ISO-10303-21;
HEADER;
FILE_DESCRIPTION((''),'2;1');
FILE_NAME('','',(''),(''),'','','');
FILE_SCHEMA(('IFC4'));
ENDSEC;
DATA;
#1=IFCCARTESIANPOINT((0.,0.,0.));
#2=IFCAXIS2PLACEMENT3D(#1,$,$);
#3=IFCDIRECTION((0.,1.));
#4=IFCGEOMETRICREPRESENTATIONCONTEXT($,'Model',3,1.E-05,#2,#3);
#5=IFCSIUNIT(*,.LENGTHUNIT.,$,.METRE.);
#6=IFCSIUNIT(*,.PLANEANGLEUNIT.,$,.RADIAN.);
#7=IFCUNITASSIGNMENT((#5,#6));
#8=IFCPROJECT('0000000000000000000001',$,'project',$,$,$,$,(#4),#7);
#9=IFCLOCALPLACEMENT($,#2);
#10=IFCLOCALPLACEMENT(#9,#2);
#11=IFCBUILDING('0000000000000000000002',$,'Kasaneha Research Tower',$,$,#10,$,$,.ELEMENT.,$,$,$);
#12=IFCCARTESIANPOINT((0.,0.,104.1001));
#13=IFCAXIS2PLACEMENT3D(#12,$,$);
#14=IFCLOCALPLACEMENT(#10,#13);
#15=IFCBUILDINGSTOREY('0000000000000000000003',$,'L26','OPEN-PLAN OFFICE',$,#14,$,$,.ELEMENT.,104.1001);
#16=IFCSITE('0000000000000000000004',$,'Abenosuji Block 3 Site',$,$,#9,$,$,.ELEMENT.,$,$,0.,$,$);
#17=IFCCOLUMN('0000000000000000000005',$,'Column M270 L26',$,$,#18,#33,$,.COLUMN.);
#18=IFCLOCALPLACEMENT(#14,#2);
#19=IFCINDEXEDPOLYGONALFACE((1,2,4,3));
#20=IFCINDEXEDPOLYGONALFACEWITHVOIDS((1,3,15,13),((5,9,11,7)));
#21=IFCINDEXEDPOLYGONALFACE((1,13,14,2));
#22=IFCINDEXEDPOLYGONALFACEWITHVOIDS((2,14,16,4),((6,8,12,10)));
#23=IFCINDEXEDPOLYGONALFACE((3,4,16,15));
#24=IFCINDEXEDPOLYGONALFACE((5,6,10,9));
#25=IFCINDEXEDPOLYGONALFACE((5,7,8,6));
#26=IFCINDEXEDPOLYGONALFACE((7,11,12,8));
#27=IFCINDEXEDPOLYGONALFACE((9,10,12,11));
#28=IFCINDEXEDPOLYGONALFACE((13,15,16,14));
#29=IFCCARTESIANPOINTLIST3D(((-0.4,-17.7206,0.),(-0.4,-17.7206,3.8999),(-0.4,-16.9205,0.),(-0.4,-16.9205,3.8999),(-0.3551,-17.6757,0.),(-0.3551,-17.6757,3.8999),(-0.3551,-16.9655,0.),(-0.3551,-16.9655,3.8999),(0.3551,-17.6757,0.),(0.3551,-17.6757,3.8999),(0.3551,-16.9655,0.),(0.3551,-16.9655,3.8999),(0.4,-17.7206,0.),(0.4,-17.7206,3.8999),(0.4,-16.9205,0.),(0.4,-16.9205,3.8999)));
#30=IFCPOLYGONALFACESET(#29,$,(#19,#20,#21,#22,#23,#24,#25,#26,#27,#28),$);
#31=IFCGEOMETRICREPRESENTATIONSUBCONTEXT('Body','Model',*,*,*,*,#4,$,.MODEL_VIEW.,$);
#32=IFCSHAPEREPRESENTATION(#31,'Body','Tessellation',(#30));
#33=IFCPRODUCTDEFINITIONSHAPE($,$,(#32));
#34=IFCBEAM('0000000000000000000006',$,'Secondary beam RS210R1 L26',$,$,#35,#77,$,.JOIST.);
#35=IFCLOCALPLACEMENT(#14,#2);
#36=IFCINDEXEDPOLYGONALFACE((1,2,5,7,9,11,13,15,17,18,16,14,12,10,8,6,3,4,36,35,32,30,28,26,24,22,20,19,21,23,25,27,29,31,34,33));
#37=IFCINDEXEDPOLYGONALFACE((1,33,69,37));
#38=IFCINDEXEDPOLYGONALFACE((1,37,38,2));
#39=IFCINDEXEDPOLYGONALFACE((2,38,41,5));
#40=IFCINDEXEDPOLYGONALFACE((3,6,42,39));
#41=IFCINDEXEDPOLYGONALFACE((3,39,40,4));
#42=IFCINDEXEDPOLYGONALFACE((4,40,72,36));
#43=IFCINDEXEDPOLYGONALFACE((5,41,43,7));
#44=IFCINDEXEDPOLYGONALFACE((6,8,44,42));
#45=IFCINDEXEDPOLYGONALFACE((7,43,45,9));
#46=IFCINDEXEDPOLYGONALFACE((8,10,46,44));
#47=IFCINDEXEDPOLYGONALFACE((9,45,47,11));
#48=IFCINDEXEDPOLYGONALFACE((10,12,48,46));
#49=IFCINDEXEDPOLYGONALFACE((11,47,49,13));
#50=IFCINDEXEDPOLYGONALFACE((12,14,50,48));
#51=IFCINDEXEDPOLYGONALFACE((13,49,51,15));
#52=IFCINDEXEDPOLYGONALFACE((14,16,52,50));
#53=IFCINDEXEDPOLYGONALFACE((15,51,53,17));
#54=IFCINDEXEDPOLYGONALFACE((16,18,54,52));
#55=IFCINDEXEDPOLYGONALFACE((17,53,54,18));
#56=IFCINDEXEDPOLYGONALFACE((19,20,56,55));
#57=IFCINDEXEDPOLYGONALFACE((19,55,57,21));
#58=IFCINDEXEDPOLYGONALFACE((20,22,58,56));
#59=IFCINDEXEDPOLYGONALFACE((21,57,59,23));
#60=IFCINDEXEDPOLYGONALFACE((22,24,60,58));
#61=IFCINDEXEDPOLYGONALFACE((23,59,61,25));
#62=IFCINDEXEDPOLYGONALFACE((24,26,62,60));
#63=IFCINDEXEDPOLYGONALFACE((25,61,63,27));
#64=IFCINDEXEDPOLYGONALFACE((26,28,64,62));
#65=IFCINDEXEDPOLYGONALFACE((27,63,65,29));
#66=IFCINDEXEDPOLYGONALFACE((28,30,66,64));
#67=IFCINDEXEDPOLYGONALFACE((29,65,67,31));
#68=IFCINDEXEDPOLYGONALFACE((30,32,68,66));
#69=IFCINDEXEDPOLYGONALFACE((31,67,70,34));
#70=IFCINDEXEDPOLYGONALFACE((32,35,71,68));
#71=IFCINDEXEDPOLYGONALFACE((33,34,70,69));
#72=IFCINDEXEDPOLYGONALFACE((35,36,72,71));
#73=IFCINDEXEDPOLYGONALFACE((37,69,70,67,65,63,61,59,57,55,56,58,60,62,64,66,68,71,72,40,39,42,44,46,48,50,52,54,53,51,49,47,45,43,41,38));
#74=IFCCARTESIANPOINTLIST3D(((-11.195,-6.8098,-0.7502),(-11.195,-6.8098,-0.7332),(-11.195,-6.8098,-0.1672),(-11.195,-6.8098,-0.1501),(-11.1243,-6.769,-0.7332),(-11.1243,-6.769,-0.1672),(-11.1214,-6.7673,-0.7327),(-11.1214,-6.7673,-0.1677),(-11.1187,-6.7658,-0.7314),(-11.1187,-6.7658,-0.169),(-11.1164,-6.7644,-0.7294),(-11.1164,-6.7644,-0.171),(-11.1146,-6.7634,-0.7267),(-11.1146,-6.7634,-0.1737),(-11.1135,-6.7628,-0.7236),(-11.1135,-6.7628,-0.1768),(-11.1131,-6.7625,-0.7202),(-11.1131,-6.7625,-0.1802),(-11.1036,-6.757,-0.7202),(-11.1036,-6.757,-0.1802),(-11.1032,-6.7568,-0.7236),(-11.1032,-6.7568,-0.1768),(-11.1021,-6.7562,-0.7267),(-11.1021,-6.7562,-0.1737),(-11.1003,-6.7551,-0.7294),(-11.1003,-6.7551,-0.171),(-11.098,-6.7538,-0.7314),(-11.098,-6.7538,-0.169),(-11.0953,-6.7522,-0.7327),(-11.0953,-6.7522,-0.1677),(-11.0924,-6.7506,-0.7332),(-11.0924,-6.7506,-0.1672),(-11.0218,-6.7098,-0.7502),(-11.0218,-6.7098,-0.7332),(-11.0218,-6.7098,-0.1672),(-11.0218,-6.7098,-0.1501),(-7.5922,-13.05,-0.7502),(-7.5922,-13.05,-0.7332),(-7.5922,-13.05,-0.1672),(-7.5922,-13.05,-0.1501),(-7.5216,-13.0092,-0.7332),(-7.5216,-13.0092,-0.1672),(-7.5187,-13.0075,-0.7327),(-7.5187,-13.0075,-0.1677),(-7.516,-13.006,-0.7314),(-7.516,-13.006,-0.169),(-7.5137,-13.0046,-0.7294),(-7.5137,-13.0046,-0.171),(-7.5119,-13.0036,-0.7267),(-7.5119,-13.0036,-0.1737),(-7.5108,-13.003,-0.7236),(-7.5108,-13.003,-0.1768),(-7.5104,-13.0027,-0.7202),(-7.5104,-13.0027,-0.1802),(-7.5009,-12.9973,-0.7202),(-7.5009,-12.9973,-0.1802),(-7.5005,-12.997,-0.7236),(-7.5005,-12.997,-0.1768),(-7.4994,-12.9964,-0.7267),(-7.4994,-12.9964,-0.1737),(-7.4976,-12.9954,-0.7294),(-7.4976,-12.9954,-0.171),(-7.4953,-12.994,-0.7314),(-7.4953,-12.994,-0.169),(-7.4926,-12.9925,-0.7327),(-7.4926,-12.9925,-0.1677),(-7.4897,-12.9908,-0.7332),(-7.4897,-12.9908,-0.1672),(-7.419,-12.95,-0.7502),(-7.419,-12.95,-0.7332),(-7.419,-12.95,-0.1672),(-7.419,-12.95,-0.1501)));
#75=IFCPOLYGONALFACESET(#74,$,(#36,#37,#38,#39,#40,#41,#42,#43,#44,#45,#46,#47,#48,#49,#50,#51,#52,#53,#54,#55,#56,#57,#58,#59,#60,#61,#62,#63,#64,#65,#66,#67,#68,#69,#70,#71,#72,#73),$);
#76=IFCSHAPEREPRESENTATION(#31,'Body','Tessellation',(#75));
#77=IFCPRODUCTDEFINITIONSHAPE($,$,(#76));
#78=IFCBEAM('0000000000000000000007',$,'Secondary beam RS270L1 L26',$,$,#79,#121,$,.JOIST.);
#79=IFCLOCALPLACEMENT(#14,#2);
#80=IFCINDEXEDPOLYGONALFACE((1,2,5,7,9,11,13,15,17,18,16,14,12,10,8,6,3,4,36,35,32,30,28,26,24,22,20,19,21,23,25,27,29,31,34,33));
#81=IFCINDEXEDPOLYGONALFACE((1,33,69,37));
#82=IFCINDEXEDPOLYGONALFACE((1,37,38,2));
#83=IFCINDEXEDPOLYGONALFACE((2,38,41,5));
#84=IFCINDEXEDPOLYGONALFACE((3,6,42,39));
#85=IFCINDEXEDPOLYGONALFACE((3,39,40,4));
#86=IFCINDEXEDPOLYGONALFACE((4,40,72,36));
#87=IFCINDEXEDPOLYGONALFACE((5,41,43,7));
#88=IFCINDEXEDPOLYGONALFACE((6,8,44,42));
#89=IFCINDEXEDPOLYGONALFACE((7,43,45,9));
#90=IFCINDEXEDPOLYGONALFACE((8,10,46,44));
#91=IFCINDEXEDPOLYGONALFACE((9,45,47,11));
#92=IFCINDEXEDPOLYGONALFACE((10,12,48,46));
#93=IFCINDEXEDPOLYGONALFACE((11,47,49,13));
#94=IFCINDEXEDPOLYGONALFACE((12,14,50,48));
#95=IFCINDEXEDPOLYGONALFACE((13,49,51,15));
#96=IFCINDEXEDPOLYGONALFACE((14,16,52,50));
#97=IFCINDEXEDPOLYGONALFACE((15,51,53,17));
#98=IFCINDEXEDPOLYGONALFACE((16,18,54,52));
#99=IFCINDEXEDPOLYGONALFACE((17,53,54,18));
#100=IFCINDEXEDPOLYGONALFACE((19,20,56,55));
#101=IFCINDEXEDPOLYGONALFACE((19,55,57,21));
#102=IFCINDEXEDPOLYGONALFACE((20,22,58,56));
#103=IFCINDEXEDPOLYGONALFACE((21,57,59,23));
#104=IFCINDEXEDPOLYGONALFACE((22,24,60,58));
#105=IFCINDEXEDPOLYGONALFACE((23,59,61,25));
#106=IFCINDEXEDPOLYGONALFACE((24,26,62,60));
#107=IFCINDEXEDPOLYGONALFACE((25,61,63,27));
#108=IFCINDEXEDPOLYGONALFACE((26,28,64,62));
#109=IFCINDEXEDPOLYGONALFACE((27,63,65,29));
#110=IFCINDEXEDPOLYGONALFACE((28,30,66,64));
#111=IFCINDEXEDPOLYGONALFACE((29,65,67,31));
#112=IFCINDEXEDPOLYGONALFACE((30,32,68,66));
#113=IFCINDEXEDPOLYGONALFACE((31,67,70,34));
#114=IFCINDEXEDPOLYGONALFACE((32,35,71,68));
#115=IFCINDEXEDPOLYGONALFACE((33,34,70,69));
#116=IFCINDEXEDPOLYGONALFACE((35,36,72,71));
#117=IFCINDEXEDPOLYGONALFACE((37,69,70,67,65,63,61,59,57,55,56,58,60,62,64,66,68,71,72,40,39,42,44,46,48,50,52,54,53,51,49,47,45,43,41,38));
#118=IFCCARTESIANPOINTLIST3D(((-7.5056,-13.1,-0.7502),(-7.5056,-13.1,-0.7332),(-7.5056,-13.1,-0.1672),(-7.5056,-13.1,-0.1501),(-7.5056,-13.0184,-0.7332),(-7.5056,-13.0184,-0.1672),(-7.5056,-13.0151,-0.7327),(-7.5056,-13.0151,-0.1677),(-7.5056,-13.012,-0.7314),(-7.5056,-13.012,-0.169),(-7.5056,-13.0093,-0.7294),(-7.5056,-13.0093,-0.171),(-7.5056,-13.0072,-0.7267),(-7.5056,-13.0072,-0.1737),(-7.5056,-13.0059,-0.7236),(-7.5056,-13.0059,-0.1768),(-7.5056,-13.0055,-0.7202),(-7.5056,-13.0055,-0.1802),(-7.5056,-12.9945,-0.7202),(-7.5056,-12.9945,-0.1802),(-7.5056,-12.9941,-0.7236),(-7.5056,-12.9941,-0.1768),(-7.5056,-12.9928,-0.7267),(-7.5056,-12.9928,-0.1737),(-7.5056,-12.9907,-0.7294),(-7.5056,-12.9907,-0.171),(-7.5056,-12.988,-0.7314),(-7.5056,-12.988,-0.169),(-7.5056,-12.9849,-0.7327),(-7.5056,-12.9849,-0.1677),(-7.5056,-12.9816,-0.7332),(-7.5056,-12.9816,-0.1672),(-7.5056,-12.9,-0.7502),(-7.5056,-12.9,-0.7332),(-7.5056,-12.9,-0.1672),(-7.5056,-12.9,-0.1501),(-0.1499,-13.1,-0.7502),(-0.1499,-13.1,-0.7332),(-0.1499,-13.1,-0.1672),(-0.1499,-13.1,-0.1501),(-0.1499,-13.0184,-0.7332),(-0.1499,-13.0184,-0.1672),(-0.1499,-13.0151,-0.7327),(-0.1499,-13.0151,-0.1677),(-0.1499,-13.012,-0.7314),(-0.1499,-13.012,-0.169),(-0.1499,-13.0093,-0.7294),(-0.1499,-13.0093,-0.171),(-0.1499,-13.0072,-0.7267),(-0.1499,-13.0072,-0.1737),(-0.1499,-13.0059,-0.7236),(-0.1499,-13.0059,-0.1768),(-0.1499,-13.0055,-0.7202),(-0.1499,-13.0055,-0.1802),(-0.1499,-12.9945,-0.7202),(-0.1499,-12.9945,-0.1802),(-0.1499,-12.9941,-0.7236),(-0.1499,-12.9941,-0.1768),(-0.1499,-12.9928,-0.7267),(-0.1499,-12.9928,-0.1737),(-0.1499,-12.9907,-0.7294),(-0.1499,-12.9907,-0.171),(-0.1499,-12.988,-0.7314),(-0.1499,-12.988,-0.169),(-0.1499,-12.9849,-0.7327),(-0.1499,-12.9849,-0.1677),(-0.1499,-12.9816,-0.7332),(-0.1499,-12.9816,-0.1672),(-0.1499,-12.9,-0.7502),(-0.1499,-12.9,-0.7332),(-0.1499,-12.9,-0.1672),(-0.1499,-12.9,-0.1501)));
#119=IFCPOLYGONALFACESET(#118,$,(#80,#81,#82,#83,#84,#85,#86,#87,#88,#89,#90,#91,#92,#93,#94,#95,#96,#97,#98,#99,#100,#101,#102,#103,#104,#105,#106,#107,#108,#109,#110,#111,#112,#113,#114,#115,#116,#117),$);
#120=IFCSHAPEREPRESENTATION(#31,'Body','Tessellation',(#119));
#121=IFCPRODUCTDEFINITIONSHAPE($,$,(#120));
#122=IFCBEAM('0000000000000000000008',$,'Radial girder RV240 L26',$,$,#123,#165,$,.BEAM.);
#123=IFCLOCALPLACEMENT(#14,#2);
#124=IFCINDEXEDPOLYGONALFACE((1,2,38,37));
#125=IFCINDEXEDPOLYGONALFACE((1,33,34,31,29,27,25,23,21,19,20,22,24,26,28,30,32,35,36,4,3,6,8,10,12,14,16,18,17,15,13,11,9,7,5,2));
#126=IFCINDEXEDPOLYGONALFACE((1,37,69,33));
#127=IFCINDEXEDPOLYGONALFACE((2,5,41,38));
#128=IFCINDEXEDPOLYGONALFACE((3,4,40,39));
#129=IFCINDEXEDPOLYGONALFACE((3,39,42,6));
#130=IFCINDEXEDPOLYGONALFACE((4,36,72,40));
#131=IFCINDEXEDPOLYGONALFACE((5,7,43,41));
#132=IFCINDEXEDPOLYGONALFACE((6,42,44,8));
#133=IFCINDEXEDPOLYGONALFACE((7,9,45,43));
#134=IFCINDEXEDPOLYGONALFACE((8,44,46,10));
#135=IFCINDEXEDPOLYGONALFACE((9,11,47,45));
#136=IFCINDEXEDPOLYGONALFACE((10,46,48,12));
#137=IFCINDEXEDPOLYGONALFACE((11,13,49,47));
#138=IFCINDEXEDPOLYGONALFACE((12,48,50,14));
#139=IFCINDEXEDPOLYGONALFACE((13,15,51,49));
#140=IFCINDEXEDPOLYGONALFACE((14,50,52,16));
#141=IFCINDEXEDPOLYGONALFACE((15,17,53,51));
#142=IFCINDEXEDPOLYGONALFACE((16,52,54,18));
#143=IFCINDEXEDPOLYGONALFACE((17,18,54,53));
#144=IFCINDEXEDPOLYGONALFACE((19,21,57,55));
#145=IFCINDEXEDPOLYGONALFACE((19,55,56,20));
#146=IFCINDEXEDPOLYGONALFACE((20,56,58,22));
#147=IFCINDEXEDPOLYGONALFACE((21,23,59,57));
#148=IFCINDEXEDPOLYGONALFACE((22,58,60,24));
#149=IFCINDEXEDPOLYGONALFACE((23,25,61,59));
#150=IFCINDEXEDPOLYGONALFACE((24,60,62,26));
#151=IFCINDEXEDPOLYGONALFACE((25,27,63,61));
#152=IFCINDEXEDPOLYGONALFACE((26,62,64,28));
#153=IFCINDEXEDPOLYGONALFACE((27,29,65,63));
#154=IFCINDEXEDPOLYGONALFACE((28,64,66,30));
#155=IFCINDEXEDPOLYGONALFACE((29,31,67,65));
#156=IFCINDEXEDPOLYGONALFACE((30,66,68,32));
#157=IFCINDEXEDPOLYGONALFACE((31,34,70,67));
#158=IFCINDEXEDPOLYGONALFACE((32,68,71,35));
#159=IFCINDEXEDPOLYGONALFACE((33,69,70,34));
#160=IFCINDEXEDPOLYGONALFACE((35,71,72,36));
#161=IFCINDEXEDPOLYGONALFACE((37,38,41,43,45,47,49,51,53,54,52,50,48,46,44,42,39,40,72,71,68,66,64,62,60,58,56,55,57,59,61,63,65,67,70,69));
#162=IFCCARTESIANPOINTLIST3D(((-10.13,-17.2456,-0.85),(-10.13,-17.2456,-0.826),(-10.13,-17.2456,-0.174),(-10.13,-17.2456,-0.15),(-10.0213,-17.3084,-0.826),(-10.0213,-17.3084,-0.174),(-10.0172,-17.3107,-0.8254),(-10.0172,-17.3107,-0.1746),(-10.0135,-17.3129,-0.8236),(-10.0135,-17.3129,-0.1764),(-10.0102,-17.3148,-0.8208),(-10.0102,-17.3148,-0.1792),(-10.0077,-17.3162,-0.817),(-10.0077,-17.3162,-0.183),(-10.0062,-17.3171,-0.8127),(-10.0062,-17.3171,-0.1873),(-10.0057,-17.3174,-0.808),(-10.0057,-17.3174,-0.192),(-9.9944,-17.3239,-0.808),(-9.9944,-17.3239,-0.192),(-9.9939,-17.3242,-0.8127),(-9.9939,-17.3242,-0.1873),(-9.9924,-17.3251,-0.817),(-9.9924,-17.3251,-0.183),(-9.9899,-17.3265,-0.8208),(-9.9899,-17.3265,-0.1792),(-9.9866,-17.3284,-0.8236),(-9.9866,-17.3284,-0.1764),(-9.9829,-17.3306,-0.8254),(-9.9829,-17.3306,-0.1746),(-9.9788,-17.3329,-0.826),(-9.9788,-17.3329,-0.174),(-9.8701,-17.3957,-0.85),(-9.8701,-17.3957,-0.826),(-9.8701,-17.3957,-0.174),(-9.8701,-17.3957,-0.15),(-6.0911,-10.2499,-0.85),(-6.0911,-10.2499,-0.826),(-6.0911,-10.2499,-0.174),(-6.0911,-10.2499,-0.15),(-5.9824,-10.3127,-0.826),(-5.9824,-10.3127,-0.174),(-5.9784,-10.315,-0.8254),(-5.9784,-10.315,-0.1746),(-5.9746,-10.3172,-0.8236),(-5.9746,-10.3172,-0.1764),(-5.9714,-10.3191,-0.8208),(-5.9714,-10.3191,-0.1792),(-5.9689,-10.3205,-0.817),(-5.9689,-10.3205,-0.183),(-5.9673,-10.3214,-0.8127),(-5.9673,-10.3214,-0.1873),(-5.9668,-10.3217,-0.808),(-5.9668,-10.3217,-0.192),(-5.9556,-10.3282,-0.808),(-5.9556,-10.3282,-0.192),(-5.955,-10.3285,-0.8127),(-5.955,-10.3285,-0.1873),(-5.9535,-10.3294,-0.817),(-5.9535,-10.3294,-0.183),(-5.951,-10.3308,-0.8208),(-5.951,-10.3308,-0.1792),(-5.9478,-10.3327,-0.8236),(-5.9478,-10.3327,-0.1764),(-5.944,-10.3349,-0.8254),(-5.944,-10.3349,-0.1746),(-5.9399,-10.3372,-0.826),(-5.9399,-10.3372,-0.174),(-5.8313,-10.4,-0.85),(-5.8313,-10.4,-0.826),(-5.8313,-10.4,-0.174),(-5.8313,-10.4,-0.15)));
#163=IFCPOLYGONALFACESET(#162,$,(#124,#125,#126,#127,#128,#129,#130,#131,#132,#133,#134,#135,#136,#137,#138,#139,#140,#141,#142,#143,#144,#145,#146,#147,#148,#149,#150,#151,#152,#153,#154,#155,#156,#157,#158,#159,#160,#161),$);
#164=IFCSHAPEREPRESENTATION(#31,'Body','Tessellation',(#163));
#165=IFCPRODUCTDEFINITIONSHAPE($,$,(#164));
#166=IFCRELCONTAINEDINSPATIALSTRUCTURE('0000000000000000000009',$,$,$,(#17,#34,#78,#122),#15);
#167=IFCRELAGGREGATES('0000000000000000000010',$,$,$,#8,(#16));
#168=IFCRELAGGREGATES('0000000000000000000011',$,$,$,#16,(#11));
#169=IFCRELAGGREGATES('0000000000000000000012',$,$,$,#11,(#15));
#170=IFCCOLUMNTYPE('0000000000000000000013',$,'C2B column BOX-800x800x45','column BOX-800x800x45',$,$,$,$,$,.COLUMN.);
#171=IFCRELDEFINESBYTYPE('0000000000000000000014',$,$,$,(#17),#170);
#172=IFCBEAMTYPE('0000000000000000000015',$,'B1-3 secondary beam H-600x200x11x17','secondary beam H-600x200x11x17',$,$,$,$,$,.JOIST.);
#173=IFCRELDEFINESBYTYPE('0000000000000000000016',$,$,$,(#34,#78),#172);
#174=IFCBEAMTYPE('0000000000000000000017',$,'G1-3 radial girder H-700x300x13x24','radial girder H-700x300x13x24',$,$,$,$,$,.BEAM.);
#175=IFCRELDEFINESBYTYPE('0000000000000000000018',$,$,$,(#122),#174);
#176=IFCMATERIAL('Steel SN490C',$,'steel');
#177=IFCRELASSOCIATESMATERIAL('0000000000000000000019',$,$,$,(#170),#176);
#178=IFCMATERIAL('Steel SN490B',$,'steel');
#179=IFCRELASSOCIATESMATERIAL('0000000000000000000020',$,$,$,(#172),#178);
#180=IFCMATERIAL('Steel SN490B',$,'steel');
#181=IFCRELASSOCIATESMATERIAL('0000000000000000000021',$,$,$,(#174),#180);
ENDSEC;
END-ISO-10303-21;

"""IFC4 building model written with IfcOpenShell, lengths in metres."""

from ifc_helpers import new_model, si_unit, direction, frame, origin, origin_2d, place, context, subcontext, project, spatial, hollow_rectangle, i_section, extrude, material, material_profile, profile_set, type_object, element, save


model = new_model("IFC4")

# Units and contexts
model_context = context("Model", 3, precision=1e-05, world=origin(), true_north=direction((0.0, 1.0)))
body_context = subcontext(model_context, "Body", "Model", "MODEL_VIEW")
ifc_project = project(units=[si_unit("LENGTHUNIT", "METRE"), si_unit("PLANEANGLEUNIT", "RADIAN")], contexts=[model_context])

# Site, building, storey
site_placement = place(None, origin())
site = spatial("IfcSite", under=ifc_project, at=site_placement, Name="Abenosuji Block 3 Site", CompositionType="ELEMENT", RefElevation=0.0)
building_placement = place(site_placement, origin())
building = spatial("IfcBuilding", under=site, at=building_placement, Name="Kasaneha Research Tower", CompositionType="ELEMENT")
storey_placement = place(building_placement, frame((0.0, 0.0, 104.1001)))
storey = spatial("IfcBuildingStorey", under=building, at=storey_placement, Name="L26", Description="OPEN-PLAN OFFICE", CompositionType="ELEMENT", Elevation=104.1001)

# Column
ifc_material_1 = material(Name="Steel SN490C", Category="steel")
ifc_material_profile_1 = material_profile(ifc_material_1, hollow_rectangle(XDim=0.8, YDim=0.8, WallThickness=0.0449, at=origin_2d()), Name="BOX-800x800x45")
ifc_profile_set_1 = profile_set([ifc_material_profile_1], Name="Steel SN490C")
column_type = type_object("IfcColumnType", Name="C2B column BOX-800x800x45", Description="column BOX-800x800x45", PredefinedType="COLUMN", material=ifc_profile_set_1)
column_placement = place(storey_placement, frame((0.0, -17.3206, 0.0), z_axis=(0.0, 0.0, 1.0), x_axis=(1.0, 0.0, 0.0)))
element("IfcColumn", 1, at=column_placement, inside=storey, type_object=column_type, Name="Column M270 L26", PredefinedType="COLUMN", context=body_context, shape_type="SweptSolid", body=[
    extrude(hollow_rectangle(XDim=0.8, YDim=0.8, WallThickness=0.0449, at=origin_2d()), origin(), (0.0, 0.0, 1.0), 3.8999),
])

# Beams
ifc_material_2 = material(Name="Steel SN490B", Category="steel")
ifc_material_profile_2 = material_profile(ifc_material_2, i_section(OverallWidth=0.2, OverallDepth=0.6001, WebThickness=0.011, FlangeThickness=0.0171, FilletRadius=0.0129, at=origin_2d()), Name="H-600x200x11x17")
ifc_profile_set_2 = profile_set([ifc_material_profile_2], Name="Steel SN490B")
beam_type_1 = type_object("IfcBeamType", Name="B1-3 secondary beam H-600x200x11x17", Description="secondary beam H-600x200x11x17", PredefinedType="JOIST", material=ifc_profile_set_2)
beam_1_placement = place(storey_placement, frame((-7.5056, -13.0, -0.4502), z_axis=(-0.499998, 0.866026, 0.0), x_axis=(-0.866026, -0.499998, 0.0)))
element("IfcBeam", 2, at=beam_1_placement, inside=storey, type_object=beam_type_1, Name="Secondary beam RS210R1 L26", PredefinedType="JOIST", context=body_context, shape_type="SweptSolid", body=[
    extrude(i_section(OverallWidth=0.2, OverallDepth=0.6001, WebThickness=0.011, FlangeThickness=0.0171, FilletRadius=0.0129, at=origin_2d()), origin(), (0.0, 0.0, 1.0), 7.2056),
])
beam_2_placement = place(storey_placement, frame((-7.5056, -13.0, -0.4502), z_axis=(1.0, 0.0, 0.0), x_axis=(0.0, 1.0, 0.0)))
element("IfcBeam", 3, at=beam_2_placement, inside=storey, type_object=beam_type_1, Name="Secondary beam RS270L1 L26", PredefinedType="JOIST", context=body_context, shape_type="SweptSolid", body=[
    extrude(i_section(OverallWidth=0.2, OverallDepth=0.6001, WebThickness=0.011, FlangeThickness=0.0171, FilletRadius=0.0129, at=origin_2d()), origin(), (0.0, 0.0, 1.0), 7.3557),
])
ifc_material_3 = material(Name="Steel SN490B", Category="steel")
ifc_material_profile_3 = material_profile(ifc_material_3, i_section(OverallWidth=0.3, OverallDepth=0.7, WebThickness=0.0129, FlangeThickness=0.0239, FilletRadius=0.0181, at=origin_2d()), Name="H-700x300x13x24")
ifc_profile_set_3 = profile_set([ifc_material_profile_3], Name="Steel SN490B")
beam_type_2 = type_object("IfcBeamType", Name="G1-3 radial girder H-700x300x13x24", Description="radial girder H-700x300x13x24", PredefinedType="BEAM", material=ifc_profile_set_3)
beam_3_placement = place(storey_placement, frame((-5.9612, -10.325, -0.5), z_axis=(-0.499991, -0.866031, 0.0), x_axis=(0.866031, -0.499991, 0.0)))
element("IfcBeam", 4, at=beam_3_placement, inside=storey, type_object=beam_type_2, Name="Radial girder RV240 L26", PredefinedType="BEAM", context=body_context, shape_type="SweptSolid", body=[
    extrude(i_section(OverallWidth=0.3, OverallDepth=0.7, WebThickness=0.0129, FlangeThickness=0.0239, FilletRadius=0.0181, at=origin_2d()), origin(), (0.0, 0.0, 1.0), 8.0779),
])

save(model, "model.ifc")
